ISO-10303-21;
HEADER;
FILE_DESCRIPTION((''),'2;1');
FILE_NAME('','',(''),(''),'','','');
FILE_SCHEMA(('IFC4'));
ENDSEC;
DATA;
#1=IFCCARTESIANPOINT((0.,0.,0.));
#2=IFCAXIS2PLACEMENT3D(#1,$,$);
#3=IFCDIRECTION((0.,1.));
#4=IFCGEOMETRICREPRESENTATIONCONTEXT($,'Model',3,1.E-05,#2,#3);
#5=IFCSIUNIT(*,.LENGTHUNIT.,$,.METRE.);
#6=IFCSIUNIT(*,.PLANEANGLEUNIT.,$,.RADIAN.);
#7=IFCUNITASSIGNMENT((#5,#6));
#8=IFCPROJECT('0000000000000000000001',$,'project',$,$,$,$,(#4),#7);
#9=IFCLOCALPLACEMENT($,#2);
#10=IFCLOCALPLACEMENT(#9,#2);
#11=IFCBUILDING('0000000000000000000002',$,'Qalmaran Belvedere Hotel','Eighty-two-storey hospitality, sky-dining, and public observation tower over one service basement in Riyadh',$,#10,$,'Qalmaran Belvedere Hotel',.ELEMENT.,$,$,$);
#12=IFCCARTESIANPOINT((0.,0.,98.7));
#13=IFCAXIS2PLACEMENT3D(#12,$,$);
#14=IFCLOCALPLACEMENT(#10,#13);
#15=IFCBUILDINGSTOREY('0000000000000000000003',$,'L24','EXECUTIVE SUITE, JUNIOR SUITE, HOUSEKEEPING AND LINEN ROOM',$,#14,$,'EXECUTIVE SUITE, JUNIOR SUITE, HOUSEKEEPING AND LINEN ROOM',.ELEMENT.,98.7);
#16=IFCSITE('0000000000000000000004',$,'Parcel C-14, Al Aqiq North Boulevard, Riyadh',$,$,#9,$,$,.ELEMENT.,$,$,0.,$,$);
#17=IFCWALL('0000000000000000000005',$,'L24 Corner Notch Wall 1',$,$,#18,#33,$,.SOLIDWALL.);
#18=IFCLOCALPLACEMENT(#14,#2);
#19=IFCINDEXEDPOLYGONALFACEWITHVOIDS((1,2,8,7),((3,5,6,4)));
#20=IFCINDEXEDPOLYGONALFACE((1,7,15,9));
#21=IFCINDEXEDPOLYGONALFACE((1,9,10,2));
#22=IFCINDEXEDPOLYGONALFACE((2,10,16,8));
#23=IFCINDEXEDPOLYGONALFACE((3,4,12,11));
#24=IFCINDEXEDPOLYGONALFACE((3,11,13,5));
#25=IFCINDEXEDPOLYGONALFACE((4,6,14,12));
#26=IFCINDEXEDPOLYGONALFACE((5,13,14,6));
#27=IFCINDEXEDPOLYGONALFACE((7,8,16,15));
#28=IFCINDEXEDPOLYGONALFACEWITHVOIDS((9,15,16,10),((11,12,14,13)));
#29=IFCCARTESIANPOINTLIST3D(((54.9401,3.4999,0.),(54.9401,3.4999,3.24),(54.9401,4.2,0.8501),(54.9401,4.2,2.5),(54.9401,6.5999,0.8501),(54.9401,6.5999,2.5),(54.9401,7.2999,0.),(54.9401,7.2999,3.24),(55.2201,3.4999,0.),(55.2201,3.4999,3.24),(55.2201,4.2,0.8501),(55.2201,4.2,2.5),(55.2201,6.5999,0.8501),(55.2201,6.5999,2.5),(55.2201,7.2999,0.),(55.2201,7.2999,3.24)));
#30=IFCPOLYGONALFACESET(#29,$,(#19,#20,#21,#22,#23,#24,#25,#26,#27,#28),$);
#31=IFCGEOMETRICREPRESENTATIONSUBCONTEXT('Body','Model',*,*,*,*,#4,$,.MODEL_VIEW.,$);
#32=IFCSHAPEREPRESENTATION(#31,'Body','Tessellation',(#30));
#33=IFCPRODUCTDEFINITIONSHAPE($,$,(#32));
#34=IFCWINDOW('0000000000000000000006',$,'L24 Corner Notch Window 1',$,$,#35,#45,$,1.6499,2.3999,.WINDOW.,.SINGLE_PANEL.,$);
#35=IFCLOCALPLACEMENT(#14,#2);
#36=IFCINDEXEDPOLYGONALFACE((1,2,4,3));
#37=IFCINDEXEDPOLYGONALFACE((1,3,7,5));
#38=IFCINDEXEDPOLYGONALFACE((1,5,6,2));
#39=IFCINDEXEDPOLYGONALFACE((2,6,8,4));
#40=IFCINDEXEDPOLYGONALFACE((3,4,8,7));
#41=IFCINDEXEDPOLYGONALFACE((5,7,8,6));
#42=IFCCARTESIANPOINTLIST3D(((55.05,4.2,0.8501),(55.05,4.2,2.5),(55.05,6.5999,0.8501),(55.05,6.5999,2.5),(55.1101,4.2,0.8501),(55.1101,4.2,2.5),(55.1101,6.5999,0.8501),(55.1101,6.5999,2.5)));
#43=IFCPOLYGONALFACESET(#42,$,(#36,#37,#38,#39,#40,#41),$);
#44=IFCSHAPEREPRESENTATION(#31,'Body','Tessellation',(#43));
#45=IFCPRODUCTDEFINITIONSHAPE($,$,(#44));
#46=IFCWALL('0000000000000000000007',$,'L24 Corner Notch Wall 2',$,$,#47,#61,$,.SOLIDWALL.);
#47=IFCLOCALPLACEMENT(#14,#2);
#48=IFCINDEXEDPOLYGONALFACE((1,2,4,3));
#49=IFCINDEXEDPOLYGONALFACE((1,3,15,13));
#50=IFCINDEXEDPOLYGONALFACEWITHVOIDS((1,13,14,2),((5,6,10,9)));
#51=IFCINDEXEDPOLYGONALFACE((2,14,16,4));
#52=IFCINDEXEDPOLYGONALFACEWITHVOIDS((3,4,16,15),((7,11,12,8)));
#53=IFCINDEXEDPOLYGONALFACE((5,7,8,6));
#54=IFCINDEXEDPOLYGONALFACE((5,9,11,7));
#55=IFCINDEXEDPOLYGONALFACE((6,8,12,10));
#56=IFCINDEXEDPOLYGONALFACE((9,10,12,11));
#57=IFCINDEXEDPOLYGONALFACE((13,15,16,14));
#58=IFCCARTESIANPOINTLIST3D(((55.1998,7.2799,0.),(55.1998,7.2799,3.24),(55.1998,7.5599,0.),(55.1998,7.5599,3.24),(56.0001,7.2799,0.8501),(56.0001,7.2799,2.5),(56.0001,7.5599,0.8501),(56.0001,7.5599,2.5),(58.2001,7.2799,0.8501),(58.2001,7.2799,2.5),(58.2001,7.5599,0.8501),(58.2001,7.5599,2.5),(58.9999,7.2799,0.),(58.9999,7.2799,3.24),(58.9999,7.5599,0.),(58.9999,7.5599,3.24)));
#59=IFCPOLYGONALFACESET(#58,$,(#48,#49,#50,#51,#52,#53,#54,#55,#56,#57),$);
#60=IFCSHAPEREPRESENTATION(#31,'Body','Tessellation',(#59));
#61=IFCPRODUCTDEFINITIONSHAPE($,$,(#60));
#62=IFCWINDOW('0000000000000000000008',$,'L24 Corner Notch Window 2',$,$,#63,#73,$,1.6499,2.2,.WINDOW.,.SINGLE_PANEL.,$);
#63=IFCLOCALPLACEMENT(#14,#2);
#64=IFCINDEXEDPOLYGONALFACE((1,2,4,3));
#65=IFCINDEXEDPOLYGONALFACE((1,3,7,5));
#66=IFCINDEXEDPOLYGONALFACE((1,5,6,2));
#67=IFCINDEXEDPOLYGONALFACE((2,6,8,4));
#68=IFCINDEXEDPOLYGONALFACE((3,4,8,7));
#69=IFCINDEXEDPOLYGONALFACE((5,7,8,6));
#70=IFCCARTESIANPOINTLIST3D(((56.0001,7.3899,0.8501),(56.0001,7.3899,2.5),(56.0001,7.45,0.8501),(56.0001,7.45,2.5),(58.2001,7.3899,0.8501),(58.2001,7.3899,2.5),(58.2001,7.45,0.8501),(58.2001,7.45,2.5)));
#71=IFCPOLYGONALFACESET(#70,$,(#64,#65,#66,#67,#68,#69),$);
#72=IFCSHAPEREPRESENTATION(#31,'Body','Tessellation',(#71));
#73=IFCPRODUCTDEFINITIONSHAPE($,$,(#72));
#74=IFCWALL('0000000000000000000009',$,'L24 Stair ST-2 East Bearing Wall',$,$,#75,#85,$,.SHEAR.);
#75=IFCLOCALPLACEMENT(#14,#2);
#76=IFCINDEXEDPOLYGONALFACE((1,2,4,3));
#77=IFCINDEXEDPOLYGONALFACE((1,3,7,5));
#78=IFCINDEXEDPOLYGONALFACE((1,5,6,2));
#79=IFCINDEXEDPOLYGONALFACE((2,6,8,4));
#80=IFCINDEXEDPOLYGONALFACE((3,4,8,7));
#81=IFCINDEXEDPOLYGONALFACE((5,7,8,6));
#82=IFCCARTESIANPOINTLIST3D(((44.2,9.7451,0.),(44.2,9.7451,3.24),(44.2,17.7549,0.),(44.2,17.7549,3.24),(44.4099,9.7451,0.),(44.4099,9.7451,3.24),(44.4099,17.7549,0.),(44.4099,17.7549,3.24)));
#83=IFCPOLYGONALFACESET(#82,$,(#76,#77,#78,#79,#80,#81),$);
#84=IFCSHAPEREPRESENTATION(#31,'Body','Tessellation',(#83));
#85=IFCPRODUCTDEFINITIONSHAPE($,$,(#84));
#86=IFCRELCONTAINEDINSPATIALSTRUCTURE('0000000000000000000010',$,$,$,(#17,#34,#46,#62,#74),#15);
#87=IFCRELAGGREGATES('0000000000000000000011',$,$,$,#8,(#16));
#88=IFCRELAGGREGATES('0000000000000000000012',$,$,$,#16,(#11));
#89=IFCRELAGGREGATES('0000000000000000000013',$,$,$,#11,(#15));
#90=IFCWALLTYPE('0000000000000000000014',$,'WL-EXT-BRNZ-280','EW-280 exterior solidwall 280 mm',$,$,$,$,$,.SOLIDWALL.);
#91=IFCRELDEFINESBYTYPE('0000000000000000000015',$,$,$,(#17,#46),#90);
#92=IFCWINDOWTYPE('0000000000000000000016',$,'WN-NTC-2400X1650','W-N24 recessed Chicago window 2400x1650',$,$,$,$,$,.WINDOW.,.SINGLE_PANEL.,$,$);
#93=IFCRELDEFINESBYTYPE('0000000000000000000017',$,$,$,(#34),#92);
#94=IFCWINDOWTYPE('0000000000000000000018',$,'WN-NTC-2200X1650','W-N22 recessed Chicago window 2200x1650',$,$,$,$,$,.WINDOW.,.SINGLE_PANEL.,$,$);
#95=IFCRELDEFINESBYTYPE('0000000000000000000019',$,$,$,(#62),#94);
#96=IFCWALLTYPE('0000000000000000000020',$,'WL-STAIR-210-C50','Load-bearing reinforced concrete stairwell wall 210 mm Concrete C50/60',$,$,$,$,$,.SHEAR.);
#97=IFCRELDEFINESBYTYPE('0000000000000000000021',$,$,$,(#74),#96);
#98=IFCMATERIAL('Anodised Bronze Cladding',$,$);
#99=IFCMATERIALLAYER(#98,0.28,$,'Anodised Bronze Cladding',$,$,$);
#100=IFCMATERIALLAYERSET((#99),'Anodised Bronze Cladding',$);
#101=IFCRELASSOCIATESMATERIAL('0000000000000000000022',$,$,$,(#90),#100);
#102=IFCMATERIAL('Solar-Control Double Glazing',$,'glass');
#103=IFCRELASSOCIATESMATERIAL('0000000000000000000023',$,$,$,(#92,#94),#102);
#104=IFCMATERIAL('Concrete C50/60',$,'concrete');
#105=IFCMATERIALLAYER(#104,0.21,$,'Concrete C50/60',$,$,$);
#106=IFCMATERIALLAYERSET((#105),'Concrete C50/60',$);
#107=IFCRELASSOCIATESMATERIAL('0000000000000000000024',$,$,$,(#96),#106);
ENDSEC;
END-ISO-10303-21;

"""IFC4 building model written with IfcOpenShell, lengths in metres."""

from ifc_helpers import new_model, si_unit, direction, frame, frame_2d, origin, place, context, subcontext, project, spatial, rectangle, extrude, material, layer, layer_set, type_object, element, fill, save


model = new_model("IFC4")

# Units and contexts
model_context = context("Model", 3, precision=1e-05, world=origin(), true_north=direction((0.0, 1.0)))
body_context = subcontext(model_context, "Body", "Model", "MODEL_VIEW")
ifc_project = project(units=[si_unit("LENGTHUNIT", "METRE"), si_unit("PLANEANGLEUNIT", "RADIAN")], contexts=[model_context])

# Site, building, storey
site_placement = place(None, origin())
site = spatial("IfcSite", under=ifc_project, at=site_placement, Name="Parcel C-14, Al Aqiq North Boulevard, Riyadh", CompositionType="ELEMENT", RefElevation=0.0)
building_placement = place(site_placement, origin())
building = spatial("IfcBuilding", under=site, at=building_placement, Name="Qalmaran Belvedere Hotel", Description="Eighty-two-storey hospitality, sky-dining, and public observation tower over one service basement in Riyadh", LongName="Qalmaran Belvedere Hotel", CompositionType="ELEMENT")
storey_placement = place(building_placement, frame((0.0, 0.0, 98.7)))
storey = spatial("IfcBuildingStorey", under=building, at=storey_placement, Name="L24", Description="EXECUTIVE SUITE, JUNIOR SUITE, HOUSEKEEPING AND LINEN ROOM", LongName="EXECUTIVE SUITE, JUNIOR SUITE, HOUSEKEEPING AND LINEN ROOM", CompositionType="ELEMENT", Elevation=98.7)

# Shared definitions
ifc_material_1 = material(Name="Solar-Control Double Glazing", Category="glass")

# Walls, openings, windows
ifc_material_2 = material(Name="Anodised Bronze Cladding")
ifc_layer_1 = layer(ifc_material_2, 0.28, Name="Anodised Bronze Cladding")
ifc_layer_set_1 = layer_set([ifc_layer_1], Name="Anodised Bronze Cladding")
wall_type_1 = type_object("IfcWallType", Name="WL-EXT-BRNZ-280", Description="EW-280 exterior solidwall 280 mm", PredefinedType="SOLIDWALL", material=ifc_layer_set_1)
wall_1_placement = place(storey_placement, frame((55.0801, 3.5, 0.0), z_axis=(0.0, 0.0, 1.0), x_axis=(0.0, 1.0, 0.0)))
wall_1 = element("IfcWall", 1, at=wall_1_placement, inside=storey, type_object=wall_type_1, Name="L24 Corner Notch Wall 1", PredefinedType="SOLIDWALL", context=body_context, shape_type="SweptSolid", body=[
    extrude(rectangle(XDim=3.8, YDim=0.28, at=frame_2d((1.8999, 0.0))), origin(), (0.0, 0.0, 1.0), 3.24),
])
opening_1_placement = place(wall_1_placement, frame((0.7, 0.0, 0.8501)))
opening_1 = element("IfcOpeningElement", 2, at=opening_1_placement, cuts=wall_1, PredefinedType="OPENING", context=body_context, shape_type="SweptSolid", body=[
    extrude(rectangle(XDim=2.3999, YDim=1.6499, at=frame_2d((1.2, 0.825))), frame((0.0, 0.1499, 0.0), z_axis=(0.0, -1.0, 0.0), x_axis=(1.0, 0.0, 0.0)), (0.0, 0.0, 1.0), 0.3),
])
window_type_1 = type_object("IfcWindowType", Name="WN-NTC-2400X1650", Description="W-N24 recessed Chicago window 2400x1650", PartitioningType="SINGLE_PANEL", PredefinedType="WINDOW", material=ifc_material_1)
window_1_placement = place(opening_1_placement, origin())
window_1 = element("IfcWindow", 3, at=window_1_placement, inside=storey, type_object=window_type_1, Name="L24 Corner Notch Window 1", OverallHeight=1.6499, OverallWidth=2.3999, PartitioningType="SINGLE_PANEL", PredefinedType="WINDOW", context=body_context, shape_type="SweptSolid", body=[
    extrude(rectangle(XDim=2.3999, YDim=1.6499, at=frame_2d((1.2, 0.825))), frame((0.0, 0.03, 0.0), z_axis=(0.0, -1.0, 0.0), x_axis=(1.0, 0.0, 0.0)), (0.0, 0.0, 1.0), 0.0601),
])
fill(opening_1, window_1)
wall_2_placement = place(storey_placement, frame((55.2, 7.4199, 0.0), z_axis=(0.0, 0.0, 1.0), x_axis=(1.0, 0.0, 0.0)))
wall_2 = element("IfcWall", 4, at=wall_2_placement, inside=storey, type_object=wall_type_1, Name="L24 Corner Notch Wall 2", PredefinedType="SOLIDWALL", context=body_context, shape_type="SweptSolid", body=[
    extrude(rectangle(XDim=3.8, YDim=0.28, at=frame_2d((1.8999, 0.0))), origin(), (0.0, 0.0, 1.0), 3.24),
])
opening_2_placement = place(wall_2_placement, frame((0.8, 0.0, 0.8501)))
opening_2 = element("IfcOpeningElement", 5, at=opening_2_placement, cuts=wall_2, PredefinedType="OPENING", context=body_context, shape_type="SweptSolid", body=[
    extrude(rectangle(XDim=2.2, YDim=1.6499, at=frame_2d((1.1001, 0.825))), frame((0.0, 0.1499, 0.0), z_axis=(0.0, -1.0, 0.0), x_axis=(1.0, 0.0, 0.0)), (0.0, 0.0, 1.0), 0.3),
])
window_type_2 = type_object("IfcWindowType", Name="WN-NTC-2200X1650", Description="W-N22 recessed Chicago window 2200x1650", PartitioningType="SINGLE_PANEL", PredefinedType="WINDOW", material=ifc_material_1)
window_2_placement = place(opening_2_placement, origin())
window_2 = element("IfcWindow", 6, at=window_2_placement, inside=storey, type_object=window_type_2, Name="L24 Corner Notch Window 2", OverallHeight=1.6499, OverallWidth=2.2, PartitioningType="SINGLE_PANEL", PredefinedType="WINDOW", context=body_context, shape_type="SweptSolid", body=[
    extrude(rectangle(XDim=2.2, YDim=1.6499, at=frame_2d((1.1001, 0.825))), frame((0.0, 0.03, 0.0), z_axis=(0.0, -1.0, 0.0), x_axis=(1.0, 0.0, 0.0)), (0.0, 0.0, 1.0), 0.0601),
])
fill(opening_2, window_2)

# Wall
ifc_material_3 = material(Name="Concrete C50/60", Category="concrete")
ifc_layer_2 = layer(ifc_material_3, 0.21, Name="Concrete C50/60")
ifc_layer_set_2 = layer_set([ifc_layer_2], Name="Concrete C50/60")
wall_type_2 = type_object("IfcWallType", Name="WL-STAIR-210-C50", Description="Load-bearing reinforced concrete stairwell wall 210 mm Concrete C50/60", PredefinedType="SHEAR", material=ifc_layer_set_2)
wall_3_placement = place(storey_placement, frame((44.3049, 9.7451, 0.0), z_axis=(0.0, 0.0, 1.0), x_axis=(0.0, 1.0, 0.0)))
element("IfcWall", 7, at=wall_3_placement, inside=storey, type_object=wall_type_2, Name="L24 Stair ST-2 East Bearing Wall", PredefinedType="SHEAR", context=body_context, shape_type="SweptSolid", body=[
    extrude(rectangle(XDim=8.0098, YDim=0.21, at=frame_2d((4.0049, 0.0))), origin(), (0.0, 0.0, 1.0), 3.24),
])

save(model, "model.ifc")
